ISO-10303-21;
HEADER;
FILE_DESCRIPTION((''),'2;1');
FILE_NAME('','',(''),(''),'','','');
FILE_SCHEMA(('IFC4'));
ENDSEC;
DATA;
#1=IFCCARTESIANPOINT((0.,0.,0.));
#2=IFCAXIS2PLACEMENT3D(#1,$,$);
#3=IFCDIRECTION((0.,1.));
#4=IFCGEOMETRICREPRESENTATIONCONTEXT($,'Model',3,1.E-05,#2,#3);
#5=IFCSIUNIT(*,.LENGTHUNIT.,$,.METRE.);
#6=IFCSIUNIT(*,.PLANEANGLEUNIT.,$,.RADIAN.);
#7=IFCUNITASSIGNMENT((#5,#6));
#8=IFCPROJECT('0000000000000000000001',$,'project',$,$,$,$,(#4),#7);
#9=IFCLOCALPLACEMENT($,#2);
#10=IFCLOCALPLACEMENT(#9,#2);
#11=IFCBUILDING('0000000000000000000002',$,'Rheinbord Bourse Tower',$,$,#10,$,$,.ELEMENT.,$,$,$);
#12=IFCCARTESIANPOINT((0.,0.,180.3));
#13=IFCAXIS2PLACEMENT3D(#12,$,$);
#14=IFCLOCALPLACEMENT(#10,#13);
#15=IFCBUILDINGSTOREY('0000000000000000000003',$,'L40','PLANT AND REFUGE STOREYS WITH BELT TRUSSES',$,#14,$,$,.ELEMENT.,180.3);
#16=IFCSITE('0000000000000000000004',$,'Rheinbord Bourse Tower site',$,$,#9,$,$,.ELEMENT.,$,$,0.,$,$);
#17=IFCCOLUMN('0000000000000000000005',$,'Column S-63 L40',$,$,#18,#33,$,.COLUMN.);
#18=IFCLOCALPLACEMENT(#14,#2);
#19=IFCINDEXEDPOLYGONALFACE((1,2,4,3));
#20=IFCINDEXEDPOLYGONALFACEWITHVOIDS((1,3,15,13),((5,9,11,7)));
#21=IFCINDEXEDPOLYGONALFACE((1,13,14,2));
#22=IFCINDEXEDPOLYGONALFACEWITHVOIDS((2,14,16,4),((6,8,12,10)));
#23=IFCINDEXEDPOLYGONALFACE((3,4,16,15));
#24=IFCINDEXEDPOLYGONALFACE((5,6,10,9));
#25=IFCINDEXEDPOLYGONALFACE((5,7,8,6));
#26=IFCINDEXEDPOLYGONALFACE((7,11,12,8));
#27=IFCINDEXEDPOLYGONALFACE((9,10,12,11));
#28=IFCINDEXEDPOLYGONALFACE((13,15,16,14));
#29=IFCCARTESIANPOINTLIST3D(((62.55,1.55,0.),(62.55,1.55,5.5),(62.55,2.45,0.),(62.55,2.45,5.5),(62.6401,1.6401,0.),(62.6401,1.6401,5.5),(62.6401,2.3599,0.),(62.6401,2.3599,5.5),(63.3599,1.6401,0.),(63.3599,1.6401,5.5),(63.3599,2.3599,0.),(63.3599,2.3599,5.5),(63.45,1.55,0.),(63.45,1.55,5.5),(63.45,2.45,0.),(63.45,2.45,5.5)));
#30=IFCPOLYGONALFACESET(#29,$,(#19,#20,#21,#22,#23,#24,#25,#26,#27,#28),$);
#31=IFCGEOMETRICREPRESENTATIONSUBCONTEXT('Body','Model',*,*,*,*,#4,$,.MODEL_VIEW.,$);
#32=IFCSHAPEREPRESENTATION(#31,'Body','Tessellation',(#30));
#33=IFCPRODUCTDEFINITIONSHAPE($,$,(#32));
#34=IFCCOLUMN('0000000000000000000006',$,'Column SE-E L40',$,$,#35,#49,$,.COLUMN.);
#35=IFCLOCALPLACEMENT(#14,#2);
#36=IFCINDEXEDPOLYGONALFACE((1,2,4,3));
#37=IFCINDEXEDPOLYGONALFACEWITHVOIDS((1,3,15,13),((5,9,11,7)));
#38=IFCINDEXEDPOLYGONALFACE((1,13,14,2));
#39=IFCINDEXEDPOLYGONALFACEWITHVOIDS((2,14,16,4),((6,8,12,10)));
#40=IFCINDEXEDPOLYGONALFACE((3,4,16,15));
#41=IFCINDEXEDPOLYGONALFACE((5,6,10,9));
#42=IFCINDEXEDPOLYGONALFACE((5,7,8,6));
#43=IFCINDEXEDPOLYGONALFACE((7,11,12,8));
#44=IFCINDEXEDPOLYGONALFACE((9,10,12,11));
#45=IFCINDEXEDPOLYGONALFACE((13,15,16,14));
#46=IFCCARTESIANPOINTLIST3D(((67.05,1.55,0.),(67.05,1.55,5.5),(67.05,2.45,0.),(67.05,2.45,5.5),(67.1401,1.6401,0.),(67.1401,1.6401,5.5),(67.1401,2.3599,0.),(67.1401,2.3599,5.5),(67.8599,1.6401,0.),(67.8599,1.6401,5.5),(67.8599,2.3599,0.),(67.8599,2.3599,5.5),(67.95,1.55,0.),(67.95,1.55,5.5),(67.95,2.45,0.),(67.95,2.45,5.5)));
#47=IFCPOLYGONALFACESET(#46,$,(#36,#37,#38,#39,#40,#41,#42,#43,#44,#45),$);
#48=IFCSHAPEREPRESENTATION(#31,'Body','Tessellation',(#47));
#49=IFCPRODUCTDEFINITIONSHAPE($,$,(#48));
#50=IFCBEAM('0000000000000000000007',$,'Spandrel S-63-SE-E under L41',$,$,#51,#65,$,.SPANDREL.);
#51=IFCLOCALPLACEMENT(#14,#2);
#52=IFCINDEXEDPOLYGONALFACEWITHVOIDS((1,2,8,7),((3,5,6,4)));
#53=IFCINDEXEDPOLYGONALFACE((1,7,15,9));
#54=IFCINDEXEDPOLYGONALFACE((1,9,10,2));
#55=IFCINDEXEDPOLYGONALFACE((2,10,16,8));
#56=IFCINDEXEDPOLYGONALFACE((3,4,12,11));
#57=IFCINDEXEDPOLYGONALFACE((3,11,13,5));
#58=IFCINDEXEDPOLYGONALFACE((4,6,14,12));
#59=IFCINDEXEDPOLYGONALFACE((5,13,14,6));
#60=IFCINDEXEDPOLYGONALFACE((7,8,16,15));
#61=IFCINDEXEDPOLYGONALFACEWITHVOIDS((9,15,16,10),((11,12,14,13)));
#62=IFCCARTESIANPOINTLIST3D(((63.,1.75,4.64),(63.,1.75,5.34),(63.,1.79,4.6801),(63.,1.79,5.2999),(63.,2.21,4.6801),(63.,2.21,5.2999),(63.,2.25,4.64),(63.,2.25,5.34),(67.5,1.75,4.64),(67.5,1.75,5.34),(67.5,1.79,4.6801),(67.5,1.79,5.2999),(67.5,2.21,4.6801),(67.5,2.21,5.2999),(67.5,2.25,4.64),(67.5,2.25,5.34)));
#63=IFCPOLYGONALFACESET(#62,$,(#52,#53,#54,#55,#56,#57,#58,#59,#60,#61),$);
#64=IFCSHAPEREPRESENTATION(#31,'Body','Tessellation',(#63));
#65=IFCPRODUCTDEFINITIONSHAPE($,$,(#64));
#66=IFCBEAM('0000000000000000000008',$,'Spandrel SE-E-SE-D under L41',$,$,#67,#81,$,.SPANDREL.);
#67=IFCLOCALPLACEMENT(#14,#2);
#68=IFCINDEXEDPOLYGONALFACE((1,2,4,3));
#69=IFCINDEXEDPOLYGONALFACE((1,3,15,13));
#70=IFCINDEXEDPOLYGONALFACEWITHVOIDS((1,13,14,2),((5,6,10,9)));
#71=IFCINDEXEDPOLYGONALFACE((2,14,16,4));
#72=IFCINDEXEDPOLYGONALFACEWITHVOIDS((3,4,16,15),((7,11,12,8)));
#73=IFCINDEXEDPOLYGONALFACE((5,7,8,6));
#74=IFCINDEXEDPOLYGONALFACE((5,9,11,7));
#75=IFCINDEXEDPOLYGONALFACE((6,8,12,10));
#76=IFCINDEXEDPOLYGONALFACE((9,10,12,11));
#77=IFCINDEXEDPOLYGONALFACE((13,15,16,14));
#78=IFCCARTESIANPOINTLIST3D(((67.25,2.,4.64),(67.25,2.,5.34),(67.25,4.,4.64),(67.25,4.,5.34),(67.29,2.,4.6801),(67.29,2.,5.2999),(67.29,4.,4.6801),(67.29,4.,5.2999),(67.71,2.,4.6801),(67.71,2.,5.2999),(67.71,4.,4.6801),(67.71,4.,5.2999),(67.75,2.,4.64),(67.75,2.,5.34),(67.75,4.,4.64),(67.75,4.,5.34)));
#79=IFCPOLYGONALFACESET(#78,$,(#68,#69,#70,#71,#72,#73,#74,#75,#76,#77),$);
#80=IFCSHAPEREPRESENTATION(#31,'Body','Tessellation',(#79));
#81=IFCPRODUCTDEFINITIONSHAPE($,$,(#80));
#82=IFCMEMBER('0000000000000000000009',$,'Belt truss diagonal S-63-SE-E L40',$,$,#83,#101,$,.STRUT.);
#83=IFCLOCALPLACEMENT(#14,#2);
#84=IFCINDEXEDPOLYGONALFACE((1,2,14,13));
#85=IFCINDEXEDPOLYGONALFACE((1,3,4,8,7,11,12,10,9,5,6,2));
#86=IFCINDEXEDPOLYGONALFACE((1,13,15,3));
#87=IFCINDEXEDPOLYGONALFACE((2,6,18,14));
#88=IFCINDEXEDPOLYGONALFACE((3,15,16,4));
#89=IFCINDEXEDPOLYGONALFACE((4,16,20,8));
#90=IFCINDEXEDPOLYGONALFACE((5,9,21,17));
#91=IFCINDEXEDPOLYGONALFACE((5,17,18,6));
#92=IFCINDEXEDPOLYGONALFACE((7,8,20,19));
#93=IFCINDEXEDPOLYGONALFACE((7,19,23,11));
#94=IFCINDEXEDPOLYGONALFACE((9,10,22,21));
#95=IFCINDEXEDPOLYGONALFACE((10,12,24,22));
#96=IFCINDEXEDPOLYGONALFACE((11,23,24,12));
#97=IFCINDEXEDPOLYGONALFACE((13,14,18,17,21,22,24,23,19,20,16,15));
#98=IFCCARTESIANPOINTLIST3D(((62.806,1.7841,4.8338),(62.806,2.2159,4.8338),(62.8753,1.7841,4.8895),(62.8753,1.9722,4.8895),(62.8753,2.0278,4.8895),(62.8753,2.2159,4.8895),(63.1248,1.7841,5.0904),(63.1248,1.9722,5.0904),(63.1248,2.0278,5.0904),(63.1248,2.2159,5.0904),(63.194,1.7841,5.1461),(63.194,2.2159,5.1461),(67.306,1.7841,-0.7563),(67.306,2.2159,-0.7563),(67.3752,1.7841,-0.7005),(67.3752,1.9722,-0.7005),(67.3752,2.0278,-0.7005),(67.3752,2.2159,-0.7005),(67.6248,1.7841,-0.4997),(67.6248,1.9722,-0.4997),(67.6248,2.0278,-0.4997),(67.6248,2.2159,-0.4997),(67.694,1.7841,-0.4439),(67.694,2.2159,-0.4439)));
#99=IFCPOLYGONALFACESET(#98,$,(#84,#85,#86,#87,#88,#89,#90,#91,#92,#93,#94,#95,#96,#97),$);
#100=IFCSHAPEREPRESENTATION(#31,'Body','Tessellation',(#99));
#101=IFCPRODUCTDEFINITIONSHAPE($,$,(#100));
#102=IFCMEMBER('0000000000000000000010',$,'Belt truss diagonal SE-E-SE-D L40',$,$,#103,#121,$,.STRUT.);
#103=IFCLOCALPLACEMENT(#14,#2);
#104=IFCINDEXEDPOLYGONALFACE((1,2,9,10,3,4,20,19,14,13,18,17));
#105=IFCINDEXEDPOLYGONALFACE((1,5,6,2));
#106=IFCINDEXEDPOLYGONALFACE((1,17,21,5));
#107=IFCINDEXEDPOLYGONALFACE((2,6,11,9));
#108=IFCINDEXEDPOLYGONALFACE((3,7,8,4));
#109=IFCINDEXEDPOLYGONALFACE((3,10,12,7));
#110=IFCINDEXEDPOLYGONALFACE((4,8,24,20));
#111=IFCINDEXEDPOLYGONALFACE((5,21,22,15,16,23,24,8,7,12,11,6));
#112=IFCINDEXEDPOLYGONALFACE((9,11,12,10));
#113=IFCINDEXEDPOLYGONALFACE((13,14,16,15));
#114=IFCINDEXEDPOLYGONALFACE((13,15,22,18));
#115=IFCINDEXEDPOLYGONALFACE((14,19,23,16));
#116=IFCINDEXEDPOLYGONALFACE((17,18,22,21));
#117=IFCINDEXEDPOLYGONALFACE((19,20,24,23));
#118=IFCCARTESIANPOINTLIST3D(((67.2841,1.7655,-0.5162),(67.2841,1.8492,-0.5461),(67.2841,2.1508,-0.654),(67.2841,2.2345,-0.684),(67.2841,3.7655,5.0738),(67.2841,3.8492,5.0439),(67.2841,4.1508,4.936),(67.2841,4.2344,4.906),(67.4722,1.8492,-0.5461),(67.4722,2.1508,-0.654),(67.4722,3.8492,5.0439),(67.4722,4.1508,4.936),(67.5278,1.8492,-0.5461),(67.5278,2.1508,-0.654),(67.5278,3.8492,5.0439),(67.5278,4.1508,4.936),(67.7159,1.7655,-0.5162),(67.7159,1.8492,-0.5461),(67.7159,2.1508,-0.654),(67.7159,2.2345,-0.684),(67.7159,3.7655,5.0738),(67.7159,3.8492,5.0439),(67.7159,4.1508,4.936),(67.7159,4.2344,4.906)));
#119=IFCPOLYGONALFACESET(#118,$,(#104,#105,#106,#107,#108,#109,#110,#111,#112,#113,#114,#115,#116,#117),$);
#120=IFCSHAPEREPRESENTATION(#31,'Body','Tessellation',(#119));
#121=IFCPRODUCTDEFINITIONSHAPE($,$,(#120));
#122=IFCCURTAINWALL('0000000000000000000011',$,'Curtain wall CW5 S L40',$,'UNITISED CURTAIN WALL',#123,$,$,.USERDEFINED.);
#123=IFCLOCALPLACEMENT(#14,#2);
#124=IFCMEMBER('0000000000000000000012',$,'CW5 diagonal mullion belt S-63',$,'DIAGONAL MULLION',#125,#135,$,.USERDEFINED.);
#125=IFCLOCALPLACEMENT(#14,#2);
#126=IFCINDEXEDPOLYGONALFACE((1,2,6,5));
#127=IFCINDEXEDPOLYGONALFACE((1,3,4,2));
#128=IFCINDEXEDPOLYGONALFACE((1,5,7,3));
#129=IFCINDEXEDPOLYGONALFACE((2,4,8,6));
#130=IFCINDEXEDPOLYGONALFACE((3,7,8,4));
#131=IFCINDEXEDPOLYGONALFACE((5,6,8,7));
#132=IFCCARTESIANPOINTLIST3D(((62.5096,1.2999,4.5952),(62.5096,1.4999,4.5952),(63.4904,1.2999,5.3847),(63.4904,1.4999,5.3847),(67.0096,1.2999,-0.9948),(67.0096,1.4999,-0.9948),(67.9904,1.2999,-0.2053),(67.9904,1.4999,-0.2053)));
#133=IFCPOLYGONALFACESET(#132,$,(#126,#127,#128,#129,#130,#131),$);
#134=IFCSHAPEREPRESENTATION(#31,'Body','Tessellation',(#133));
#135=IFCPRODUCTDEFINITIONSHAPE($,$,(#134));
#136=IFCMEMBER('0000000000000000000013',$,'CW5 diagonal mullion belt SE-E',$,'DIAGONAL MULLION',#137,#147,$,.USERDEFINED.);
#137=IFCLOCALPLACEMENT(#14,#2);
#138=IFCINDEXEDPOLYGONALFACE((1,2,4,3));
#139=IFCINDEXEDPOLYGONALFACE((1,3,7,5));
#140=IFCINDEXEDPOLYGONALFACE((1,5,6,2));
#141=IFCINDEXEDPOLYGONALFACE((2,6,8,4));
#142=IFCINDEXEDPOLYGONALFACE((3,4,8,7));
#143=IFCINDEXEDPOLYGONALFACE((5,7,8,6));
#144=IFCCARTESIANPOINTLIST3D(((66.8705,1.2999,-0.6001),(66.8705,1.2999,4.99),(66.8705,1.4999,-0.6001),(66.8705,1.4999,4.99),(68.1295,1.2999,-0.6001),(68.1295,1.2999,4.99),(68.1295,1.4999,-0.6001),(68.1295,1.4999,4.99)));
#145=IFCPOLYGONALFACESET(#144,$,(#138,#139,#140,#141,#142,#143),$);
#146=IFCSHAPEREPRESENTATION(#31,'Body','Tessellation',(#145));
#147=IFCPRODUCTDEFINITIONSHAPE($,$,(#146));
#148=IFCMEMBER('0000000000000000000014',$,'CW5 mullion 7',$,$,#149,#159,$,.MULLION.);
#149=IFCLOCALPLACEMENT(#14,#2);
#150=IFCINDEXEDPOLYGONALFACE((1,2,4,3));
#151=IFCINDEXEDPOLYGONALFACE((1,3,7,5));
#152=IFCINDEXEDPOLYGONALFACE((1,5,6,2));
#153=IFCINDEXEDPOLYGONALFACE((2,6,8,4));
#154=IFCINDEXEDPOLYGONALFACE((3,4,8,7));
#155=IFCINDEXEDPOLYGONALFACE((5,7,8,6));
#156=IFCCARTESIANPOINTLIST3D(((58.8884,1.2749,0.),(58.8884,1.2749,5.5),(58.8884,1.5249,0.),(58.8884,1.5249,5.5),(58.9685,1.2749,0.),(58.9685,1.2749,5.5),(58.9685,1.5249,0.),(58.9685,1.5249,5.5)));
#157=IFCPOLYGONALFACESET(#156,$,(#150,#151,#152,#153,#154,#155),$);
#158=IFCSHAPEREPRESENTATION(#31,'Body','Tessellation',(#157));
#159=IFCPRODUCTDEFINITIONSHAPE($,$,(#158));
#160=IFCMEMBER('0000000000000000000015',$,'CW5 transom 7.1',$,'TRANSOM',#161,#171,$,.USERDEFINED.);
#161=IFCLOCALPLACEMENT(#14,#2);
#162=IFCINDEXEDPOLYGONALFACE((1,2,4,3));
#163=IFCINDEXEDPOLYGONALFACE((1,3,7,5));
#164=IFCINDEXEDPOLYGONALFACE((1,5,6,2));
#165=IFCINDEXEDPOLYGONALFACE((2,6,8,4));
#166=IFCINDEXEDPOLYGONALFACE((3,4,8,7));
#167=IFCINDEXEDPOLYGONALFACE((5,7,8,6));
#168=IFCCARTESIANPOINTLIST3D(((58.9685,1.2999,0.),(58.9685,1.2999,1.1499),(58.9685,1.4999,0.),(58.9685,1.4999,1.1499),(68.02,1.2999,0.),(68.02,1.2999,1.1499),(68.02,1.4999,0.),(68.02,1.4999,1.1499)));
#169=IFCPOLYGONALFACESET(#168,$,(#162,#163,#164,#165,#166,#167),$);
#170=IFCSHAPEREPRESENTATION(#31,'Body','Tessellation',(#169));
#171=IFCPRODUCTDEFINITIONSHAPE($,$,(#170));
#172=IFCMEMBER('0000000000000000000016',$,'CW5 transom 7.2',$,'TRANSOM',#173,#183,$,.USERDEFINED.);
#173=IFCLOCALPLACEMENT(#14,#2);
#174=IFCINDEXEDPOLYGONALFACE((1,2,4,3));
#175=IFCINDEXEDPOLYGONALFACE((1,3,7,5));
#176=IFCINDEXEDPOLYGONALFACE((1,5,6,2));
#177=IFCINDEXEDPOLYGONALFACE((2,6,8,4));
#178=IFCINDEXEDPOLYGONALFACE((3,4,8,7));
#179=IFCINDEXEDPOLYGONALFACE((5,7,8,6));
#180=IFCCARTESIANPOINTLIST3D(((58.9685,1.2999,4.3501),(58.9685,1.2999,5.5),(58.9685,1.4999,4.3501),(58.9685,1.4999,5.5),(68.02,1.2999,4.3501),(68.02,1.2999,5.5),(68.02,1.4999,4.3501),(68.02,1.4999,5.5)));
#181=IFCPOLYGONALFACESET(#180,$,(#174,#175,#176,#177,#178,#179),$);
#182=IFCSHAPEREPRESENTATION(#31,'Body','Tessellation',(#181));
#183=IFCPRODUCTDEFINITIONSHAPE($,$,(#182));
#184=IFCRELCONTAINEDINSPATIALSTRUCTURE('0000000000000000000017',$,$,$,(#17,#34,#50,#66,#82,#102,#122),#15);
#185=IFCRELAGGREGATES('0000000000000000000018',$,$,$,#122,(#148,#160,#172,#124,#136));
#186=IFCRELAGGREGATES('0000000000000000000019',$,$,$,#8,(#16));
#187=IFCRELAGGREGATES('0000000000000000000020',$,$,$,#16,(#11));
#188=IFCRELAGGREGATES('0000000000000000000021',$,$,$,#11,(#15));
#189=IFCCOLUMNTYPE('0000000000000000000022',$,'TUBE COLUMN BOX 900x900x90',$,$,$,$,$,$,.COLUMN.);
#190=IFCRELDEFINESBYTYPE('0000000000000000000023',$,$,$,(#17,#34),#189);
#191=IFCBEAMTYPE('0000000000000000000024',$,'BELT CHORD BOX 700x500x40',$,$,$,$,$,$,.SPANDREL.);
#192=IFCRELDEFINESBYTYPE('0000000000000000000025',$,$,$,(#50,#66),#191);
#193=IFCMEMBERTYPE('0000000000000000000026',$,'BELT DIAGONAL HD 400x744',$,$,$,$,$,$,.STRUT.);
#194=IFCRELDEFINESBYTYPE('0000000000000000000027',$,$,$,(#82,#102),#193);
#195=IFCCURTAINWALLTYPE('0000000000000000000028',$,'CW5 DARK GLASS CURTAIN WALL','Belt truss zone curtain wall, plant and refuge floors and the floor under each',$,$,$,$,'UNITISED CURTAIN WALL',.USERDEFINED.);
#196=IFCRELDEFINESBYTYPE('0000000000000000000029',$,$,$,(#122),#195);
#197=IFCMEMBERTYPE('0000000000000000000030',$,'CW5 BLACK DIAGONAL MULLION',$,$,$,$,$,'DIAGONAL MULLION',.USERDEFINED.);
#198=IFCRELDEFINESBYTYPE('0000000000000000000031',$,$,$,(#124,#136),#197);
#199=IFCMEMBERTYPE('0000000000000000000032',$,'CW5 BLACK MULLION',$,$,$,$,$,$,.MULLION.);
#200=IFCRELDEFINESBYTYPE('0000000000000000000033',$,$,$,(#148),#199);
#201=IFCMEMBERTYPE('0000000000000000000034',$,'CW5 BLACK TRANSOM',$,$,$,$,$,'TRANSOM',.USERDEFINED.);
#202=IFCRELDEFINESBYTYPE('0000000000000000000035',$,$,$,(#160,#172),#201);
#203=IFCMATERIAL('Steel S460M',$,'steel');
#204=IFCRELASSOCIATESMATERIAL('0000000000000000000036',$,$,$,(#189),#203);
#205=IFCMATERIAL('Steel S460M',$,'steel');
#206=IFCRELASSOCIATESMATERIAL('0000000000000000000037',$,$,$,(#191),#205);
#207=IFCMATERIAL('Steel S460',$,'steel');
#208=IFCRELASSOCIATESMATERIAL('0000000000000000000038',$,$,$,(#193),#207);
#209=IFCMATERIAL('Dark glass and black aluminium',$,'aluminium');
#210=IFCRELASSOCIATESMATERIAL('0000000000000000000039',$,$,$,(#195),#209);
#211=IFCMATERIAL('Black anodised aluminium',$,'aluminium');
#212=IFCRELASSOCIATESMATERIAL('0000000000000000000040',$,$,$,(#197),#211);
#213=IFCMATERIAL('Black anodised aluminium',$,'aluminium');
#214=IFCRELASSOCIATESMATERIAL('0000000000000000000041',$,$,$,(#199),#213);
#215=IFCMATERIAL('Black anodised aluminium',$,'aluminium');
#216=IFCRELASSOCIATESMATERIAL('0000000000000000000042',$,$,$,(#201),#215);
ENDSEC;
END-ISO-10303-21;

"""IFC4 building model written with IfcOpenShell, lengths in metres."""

from ifc_helpers import new_model, si_unit, direction, frame, origin, origin_2d, place, context, subcontext, project, spatial, rectangle, hollow_rectangle, i_section, extrude, material, material_profile, profile_set, type_object, element, aggregate, save


model = new_model("IFC4")

# Units and contexts
model_context = context("Model", 3, precision=1e-05, world=origin(), true_north=direction((0.0, 1.0)))
body_context = subcontext(model_context, "Body", "Model", "MODEL_VIEW")
ifc_project = project(units=[si_unit("LENGTHUNIT", "METRE"), si_unit("PLANEANGLEUNIT", "RADIAN")], contexts=[model_context])

# Site, building, storey
site_placement = place(None, origin())
site = spatial("IfcSite", under=ifc_project, at=site_placement, Name="Rheinbord Bourse Tower site", CompositionType="ELEMENT", RefElevation=0.0)
building_placement = place(site_placement, origin())
building = spatial("IfcBuilding", under=site, at=building_placement, Name="Rheinbord Bourse Tower", CompositionType="ELEMENT")
storey_placement = place(building_placement, frame((0.0, 0.0, 180.3)))
storey = spatial("IfcBuildingStorey", under=building, at=storey_placement, Name="L40", Description="PLANT AND REFUGE STOREYS WITH BELT TRUSSES", CompositionType="ELEMENT", Elevation=180.3)

# Columns
ifc_material_1 = material(Name="Steel S460M", Category="steel")
ifc_material_profile_1 = material_profile(ifc_material_1, hollow_rectangle(XDim=0.8999, YDim=0.8999, WallThickness=0.0901, at=origin_2d()), Name="BOX 900x900x90")
ifc_profile_set_1 = profile_set([ifc_material_profile_1], Name="Steel S460M")
column_type = type_object("IfcColumnType", Name="TUBE COLUMN BOX 900x900x90", PredefinedType="COLUMN", material=ifc_profile_set_1)
for number, where, z_axis, x_axis, name in (
    (1, (63.0, 2.0, 0.0), (0.0, 0.0, 1.0), (0.0, 1.0, 0.0), "Column S-63 L40"),
    (2, (67.5, 2.0, 0.0), (0.0, 0.0, 1.0), (0.0, 1.0, 0.0), "Column SE-E L40"),
):
    element("IfcColumn", number, at=place(storey_placement, frame(where, z_axis=z_axis, x_axis=x_axis)), inside=storey, type_object=column_type, Name=name, PredefinedType="COLUMN", context=body_context, shape_type="SweptSolid", body=[
        extrude(hollow_rectangle(XDim=0.8999, YDim=0.8999, WallThickness=0.0901, at=origin_2d()), origin(), (0.0, 0.0, 1.0), 5.5),
    ])

# Beams
ifc_material_2 = material(Name="Steel S460M", Category="steel")
ifc_material_profile_2 = material_profile(ifc_material_2, hollow_rectangle(XDim=0.5, YDim=0.7, WallThickness=0.04, at=origin_2d()), Name="BOX 700x500x40")
ifc_profile_set_2 = profile_set([ifc_material_profile_2], Name="Steel S460M")
beam_type_1 = type_object("IfcBeamType", Name="BELT CHORD BOX 700x500x40", PredefinedType="SPANDREL", material=ifc_profile_set_2)
beam_1_placement = place(storey_placement, frame((63.0, 2.0, 4.99), z_axis=(1.0, 0.0, 0.0), x_axis=(0.0, 1.0, 0.0)))
element("IfcBeam", 3, at=beam_1_placement, inside=storey, type_object=beam_type_1, Name="Spandrel S-63-SE-E under L41", PredefinedType="SPANDREL", context=body_context, shape_type="SweptSolid", body=[
    extrude(hollow_rectangle(XDim=0.5, YDim=0.7, WallThickness=0.04, at=origin_2d()), origin(), (0.0, 0.0, 1.0), 4.5),
])
beam_2_placement = place(storey_placement, frame((67.5, 2.0, 4.99), z_axis=(0.0, 1.0, 0.0), x_axis=(-1.0, 0.0, 0.0)))
element("IfcBeam", 4, at=beam_2_placement, inside=storey, type_object=beam_type_1, Name="Spandrel SE-E-SE-D under L41", PredefinedType="SPANDREL", context=body_context, shape_type="SweptSolid", body=[
    extrude(hollow_rectangle(XDim=0.5, YDim=0.7, WallThickness=0.04, at=origin_2d()), origin(), (0.0, 0.0, 1.0), 2.0),
])

# Members
ifc_material_3 = material(Name="Steel S460", Category="steel")
ifc_material_profile_3 = material_profile(ifc_material_3, i_section(OverallWidth=0.4319, OverallDepth=0.498, WebThickness=0.0557, FlangeThickness=0.0889, at=origin_2d()), Name="HD 400x744")
ifc_profile_set_3 = profile_set([ifc_material_profile_3], Name="Steel S460")
member_type_1 = type_object("IfcMemberType", Name="BELT DIAGONAL HD 400x744", PredefinedType="STRUT", material=ifc_profile_set_3)
member_1_placement = place(storey_placement, frame((67.5, 2.0, -0.6001), z_axis=(-0.627065, 0.0, 0.778967), x_axis=(0.0, -1.0, 0.0)))
element("IfcMember", 5, at=member_1_placement, inside=storey, type_object=member_type_1, Name="Belt truss diagonal S-63-SE-E L40", PredefinedType="STRUT", context=body_context, shape_type="SweptSolid", body=[
    extrude(i_section(OverallWidth=0.4319, OverallDepth=0.498, WebThickness=0.0557, FlangeThickness=0.0889, at=origin_2d()), origin(), (0.0, 0.0, 1.0), 7.1763),
])
member_2_placement = place(storey_placement, frame((67.5, 2.0, -0.6001), z_axis=(0.0, 0.336865, 0.941553), x_axis=(-1.0, 0.0, 0.0)))
element("IfcMember", 6, at=member_2_placement, inside=storey, type_object=member_type_1, Name="Belt truss diagonal SE-E-SE-D L40", PredefinedType="STRUT", context=body_context, shape_type="SweptSolid", body=[
    extrude(i_section(OverallWidth=0.4319, OverallDepth=0.498, WebThickness=0.0557, FlangeThickness=0.0889, at=origin_2d()), origin(), (0.0, 0.0, 1.0), 5.937),
])

# Curtain wall, members
ifc_material_4 = material(Name="Dark glass and black aluminium", Category="aluminium")
curtain_wall_type = type_object("IfcCurtainWallType", Name="CW5 DARK GLASS CURTAIN WALL", Description="Belt truss zone curtain wall, plant and refuge floors and the floor under each", ElementType="UNITISED CURTAIN WALL", PredefinedType="USERDEFINED", material=ifc_material_4)
curtain_wall_placement = place(storey_placement, origin())
curtain_wall = element("IfcCurtainWall", 7, at=curtain_wall_placement, inside=storey, type_object=curtain_wall_type, Name="Curtain wall CW5 S L40", ObjectType="UNITISED CURTAIN WALL", PredefinedType="USERDEFINED")
ifc_material_5 = material(Name="Black anodised aluminium", Category="aluminium")
ifc_material_profile_4 = material_profile(ifc_material_5, rectangle(XDim=0.2, YDim=1.259, at=origin_2d()), Name="CW5 DIAGONAL MULLION 1259x200")
ifc_profile_set_4 = profile_set([ifc_material_profile_4], Name="Black anodised aluminium")
member_type_2 = type_object("IfcMemberType", Name="CW5 BLACK DIAGONAL MULLION", ElementType="DIAGONAL MULLION", PredefinedType="USERDEFINED", material=ifc_profile_set_4)
member_3_placement = place(storey_placement, frame((67.5, 1.3999, -0.6001), z_axis=(-0.627065, 0.0, 0.778967), x_axis=(0.0, -1.0, 0.0)))
member_3 = element("IfcMember", 8, at=member_3_placement, type_object=member_type_2, Name="CW5 diagonal mullion belt S-63", ObjectType="DIAGONAL MULLION", PredefinedType="USERDEFINED", context=body_context, shape_type="SweptSolid", body=[
    extrude(rectangle(XDim=0.2, YDim=1.259, at=origin_2d()), origin(), (0.0, 0.0, 1.0), 7.1763),
])
member_4_placement = place(storey_placement, frame((67.5, 1.3999, -0.6001), z_axis=(0.0, 0.0, 1.0), x_axis=(0.0, 1.0, 0.0)))
member_4 = element("IfcMember", 9, at=member_4_placement, type_object=member_type_2, Name="CW5 diagonal mullion belt SE-E", ObjectType="DIAGONAL MULLION", PredefinedType="USERDEFINED", context=body_context, shape_type="SweptSolid", body=[
    extrude(rectangle(XDim=0.2, YDim=1.259, at=origin_2d()), origin(), (0.0, 0.0, 1.0), 5.5901),
])
ifc_material_6 = material(Name="Black anodised aluminium", Category="aluminium")
ifc_material_profile_5 = material_profile(ifc_material_6, rectangle(XDim=0.25, YDim=0.0801, at=origin_2d()), Name="CW5 MULLION 80x250")
ifc_profile_set_5 = profile_set([ifc_material_profile_5], Name="Black anodised aluminium")
member_type_3 = type_object("IfcMemberType", Name="CW5 BLACK MULLION", PredefinedType="MULLION", material=ifc_profile_set_5)
member_5_placement = place(storey_placement, frame((58.9285, 1.3999, 0.0), z_axis=(0.0, 0.0, 1.0), x_axis=(0.0, 1.0, 0.0)))
member_5 = element("IfcMember", 10, at=member_5_placement, type_object=member_type_3, Name="CW5 mullion 7", PredefinedType="MULLION", context=body_context, shape_type="SweptSolid", body=[
    extrude(rectangle(XDim=0.25, YDim=0.0801, at=origin_2d()), origin(), (0.0, 0.0, 1.0), 5.5),
])
ifc_material_7 = material(Name="Black anodised aluminium", Category="aluminium")
ifc_material_profile_6 = material_profile(ifc_material_7, rectangle(XDim=0.2, YDim=1.1499, at=origin_2d()), Name="CW5 TRANSOM 1150x200")
ifc_profile_set_6 = profile_set([ifc_material_profile_6], Name="Black anodised aluminium")
member_type_4 = type_object("IfcMemberType", Name="CW5 BLACK TRANSOM", ElementType="TRANSOM", PredefinedType="USERDEFINED", material=ifc_profile_set_6)
member_6_placement = place(storey_placement, frame((58.9685, 1.3999, 0.575), z_axis=(1.0, 0.0, 0.0), x_axis=(0.0, 1.0, 0.0)))
member_6 = element("IfcMember", 11, at=member_6_placement, type_object=member_type_4, Name="CW5 transom 7.1", ObjectType="TRANSOM", PredefinedType="USERDEFINED", context=body_context, shape_type="SweptSolid", body=[
    extrude(rectangle(XDim=0.2, YDim=1.1499, at=origin_2d()), origin(), (0.0, 0.0, 1.0), 9.0515),
])
member_7_placement = place(storey_placement, frame((58.9685, 1.3999, 4.925), z_axis=(1.0, 0.0, 0.0), x_axis=(0.0, 1.0, 0.0)))
member_7 = element("IfcMember", 12, at=member_7_placement, type_object=member_type_4, Name="CW5 transom 7.2", ObjectType="TRANSOM", PredefinedType="USERDEFINED", context=body_context, shape_type="SweptSolid", body=[
    extrude(rectangle(XDim=0.2, YDim=1.1499, at=origin_2d()), origin(), (0.0, 0.0, 1.0), 9.0515),
])

aggregate(curtain_wall, [member_5, member_6, member_7, member_3, member_4])

save(model, "model.ifc")
